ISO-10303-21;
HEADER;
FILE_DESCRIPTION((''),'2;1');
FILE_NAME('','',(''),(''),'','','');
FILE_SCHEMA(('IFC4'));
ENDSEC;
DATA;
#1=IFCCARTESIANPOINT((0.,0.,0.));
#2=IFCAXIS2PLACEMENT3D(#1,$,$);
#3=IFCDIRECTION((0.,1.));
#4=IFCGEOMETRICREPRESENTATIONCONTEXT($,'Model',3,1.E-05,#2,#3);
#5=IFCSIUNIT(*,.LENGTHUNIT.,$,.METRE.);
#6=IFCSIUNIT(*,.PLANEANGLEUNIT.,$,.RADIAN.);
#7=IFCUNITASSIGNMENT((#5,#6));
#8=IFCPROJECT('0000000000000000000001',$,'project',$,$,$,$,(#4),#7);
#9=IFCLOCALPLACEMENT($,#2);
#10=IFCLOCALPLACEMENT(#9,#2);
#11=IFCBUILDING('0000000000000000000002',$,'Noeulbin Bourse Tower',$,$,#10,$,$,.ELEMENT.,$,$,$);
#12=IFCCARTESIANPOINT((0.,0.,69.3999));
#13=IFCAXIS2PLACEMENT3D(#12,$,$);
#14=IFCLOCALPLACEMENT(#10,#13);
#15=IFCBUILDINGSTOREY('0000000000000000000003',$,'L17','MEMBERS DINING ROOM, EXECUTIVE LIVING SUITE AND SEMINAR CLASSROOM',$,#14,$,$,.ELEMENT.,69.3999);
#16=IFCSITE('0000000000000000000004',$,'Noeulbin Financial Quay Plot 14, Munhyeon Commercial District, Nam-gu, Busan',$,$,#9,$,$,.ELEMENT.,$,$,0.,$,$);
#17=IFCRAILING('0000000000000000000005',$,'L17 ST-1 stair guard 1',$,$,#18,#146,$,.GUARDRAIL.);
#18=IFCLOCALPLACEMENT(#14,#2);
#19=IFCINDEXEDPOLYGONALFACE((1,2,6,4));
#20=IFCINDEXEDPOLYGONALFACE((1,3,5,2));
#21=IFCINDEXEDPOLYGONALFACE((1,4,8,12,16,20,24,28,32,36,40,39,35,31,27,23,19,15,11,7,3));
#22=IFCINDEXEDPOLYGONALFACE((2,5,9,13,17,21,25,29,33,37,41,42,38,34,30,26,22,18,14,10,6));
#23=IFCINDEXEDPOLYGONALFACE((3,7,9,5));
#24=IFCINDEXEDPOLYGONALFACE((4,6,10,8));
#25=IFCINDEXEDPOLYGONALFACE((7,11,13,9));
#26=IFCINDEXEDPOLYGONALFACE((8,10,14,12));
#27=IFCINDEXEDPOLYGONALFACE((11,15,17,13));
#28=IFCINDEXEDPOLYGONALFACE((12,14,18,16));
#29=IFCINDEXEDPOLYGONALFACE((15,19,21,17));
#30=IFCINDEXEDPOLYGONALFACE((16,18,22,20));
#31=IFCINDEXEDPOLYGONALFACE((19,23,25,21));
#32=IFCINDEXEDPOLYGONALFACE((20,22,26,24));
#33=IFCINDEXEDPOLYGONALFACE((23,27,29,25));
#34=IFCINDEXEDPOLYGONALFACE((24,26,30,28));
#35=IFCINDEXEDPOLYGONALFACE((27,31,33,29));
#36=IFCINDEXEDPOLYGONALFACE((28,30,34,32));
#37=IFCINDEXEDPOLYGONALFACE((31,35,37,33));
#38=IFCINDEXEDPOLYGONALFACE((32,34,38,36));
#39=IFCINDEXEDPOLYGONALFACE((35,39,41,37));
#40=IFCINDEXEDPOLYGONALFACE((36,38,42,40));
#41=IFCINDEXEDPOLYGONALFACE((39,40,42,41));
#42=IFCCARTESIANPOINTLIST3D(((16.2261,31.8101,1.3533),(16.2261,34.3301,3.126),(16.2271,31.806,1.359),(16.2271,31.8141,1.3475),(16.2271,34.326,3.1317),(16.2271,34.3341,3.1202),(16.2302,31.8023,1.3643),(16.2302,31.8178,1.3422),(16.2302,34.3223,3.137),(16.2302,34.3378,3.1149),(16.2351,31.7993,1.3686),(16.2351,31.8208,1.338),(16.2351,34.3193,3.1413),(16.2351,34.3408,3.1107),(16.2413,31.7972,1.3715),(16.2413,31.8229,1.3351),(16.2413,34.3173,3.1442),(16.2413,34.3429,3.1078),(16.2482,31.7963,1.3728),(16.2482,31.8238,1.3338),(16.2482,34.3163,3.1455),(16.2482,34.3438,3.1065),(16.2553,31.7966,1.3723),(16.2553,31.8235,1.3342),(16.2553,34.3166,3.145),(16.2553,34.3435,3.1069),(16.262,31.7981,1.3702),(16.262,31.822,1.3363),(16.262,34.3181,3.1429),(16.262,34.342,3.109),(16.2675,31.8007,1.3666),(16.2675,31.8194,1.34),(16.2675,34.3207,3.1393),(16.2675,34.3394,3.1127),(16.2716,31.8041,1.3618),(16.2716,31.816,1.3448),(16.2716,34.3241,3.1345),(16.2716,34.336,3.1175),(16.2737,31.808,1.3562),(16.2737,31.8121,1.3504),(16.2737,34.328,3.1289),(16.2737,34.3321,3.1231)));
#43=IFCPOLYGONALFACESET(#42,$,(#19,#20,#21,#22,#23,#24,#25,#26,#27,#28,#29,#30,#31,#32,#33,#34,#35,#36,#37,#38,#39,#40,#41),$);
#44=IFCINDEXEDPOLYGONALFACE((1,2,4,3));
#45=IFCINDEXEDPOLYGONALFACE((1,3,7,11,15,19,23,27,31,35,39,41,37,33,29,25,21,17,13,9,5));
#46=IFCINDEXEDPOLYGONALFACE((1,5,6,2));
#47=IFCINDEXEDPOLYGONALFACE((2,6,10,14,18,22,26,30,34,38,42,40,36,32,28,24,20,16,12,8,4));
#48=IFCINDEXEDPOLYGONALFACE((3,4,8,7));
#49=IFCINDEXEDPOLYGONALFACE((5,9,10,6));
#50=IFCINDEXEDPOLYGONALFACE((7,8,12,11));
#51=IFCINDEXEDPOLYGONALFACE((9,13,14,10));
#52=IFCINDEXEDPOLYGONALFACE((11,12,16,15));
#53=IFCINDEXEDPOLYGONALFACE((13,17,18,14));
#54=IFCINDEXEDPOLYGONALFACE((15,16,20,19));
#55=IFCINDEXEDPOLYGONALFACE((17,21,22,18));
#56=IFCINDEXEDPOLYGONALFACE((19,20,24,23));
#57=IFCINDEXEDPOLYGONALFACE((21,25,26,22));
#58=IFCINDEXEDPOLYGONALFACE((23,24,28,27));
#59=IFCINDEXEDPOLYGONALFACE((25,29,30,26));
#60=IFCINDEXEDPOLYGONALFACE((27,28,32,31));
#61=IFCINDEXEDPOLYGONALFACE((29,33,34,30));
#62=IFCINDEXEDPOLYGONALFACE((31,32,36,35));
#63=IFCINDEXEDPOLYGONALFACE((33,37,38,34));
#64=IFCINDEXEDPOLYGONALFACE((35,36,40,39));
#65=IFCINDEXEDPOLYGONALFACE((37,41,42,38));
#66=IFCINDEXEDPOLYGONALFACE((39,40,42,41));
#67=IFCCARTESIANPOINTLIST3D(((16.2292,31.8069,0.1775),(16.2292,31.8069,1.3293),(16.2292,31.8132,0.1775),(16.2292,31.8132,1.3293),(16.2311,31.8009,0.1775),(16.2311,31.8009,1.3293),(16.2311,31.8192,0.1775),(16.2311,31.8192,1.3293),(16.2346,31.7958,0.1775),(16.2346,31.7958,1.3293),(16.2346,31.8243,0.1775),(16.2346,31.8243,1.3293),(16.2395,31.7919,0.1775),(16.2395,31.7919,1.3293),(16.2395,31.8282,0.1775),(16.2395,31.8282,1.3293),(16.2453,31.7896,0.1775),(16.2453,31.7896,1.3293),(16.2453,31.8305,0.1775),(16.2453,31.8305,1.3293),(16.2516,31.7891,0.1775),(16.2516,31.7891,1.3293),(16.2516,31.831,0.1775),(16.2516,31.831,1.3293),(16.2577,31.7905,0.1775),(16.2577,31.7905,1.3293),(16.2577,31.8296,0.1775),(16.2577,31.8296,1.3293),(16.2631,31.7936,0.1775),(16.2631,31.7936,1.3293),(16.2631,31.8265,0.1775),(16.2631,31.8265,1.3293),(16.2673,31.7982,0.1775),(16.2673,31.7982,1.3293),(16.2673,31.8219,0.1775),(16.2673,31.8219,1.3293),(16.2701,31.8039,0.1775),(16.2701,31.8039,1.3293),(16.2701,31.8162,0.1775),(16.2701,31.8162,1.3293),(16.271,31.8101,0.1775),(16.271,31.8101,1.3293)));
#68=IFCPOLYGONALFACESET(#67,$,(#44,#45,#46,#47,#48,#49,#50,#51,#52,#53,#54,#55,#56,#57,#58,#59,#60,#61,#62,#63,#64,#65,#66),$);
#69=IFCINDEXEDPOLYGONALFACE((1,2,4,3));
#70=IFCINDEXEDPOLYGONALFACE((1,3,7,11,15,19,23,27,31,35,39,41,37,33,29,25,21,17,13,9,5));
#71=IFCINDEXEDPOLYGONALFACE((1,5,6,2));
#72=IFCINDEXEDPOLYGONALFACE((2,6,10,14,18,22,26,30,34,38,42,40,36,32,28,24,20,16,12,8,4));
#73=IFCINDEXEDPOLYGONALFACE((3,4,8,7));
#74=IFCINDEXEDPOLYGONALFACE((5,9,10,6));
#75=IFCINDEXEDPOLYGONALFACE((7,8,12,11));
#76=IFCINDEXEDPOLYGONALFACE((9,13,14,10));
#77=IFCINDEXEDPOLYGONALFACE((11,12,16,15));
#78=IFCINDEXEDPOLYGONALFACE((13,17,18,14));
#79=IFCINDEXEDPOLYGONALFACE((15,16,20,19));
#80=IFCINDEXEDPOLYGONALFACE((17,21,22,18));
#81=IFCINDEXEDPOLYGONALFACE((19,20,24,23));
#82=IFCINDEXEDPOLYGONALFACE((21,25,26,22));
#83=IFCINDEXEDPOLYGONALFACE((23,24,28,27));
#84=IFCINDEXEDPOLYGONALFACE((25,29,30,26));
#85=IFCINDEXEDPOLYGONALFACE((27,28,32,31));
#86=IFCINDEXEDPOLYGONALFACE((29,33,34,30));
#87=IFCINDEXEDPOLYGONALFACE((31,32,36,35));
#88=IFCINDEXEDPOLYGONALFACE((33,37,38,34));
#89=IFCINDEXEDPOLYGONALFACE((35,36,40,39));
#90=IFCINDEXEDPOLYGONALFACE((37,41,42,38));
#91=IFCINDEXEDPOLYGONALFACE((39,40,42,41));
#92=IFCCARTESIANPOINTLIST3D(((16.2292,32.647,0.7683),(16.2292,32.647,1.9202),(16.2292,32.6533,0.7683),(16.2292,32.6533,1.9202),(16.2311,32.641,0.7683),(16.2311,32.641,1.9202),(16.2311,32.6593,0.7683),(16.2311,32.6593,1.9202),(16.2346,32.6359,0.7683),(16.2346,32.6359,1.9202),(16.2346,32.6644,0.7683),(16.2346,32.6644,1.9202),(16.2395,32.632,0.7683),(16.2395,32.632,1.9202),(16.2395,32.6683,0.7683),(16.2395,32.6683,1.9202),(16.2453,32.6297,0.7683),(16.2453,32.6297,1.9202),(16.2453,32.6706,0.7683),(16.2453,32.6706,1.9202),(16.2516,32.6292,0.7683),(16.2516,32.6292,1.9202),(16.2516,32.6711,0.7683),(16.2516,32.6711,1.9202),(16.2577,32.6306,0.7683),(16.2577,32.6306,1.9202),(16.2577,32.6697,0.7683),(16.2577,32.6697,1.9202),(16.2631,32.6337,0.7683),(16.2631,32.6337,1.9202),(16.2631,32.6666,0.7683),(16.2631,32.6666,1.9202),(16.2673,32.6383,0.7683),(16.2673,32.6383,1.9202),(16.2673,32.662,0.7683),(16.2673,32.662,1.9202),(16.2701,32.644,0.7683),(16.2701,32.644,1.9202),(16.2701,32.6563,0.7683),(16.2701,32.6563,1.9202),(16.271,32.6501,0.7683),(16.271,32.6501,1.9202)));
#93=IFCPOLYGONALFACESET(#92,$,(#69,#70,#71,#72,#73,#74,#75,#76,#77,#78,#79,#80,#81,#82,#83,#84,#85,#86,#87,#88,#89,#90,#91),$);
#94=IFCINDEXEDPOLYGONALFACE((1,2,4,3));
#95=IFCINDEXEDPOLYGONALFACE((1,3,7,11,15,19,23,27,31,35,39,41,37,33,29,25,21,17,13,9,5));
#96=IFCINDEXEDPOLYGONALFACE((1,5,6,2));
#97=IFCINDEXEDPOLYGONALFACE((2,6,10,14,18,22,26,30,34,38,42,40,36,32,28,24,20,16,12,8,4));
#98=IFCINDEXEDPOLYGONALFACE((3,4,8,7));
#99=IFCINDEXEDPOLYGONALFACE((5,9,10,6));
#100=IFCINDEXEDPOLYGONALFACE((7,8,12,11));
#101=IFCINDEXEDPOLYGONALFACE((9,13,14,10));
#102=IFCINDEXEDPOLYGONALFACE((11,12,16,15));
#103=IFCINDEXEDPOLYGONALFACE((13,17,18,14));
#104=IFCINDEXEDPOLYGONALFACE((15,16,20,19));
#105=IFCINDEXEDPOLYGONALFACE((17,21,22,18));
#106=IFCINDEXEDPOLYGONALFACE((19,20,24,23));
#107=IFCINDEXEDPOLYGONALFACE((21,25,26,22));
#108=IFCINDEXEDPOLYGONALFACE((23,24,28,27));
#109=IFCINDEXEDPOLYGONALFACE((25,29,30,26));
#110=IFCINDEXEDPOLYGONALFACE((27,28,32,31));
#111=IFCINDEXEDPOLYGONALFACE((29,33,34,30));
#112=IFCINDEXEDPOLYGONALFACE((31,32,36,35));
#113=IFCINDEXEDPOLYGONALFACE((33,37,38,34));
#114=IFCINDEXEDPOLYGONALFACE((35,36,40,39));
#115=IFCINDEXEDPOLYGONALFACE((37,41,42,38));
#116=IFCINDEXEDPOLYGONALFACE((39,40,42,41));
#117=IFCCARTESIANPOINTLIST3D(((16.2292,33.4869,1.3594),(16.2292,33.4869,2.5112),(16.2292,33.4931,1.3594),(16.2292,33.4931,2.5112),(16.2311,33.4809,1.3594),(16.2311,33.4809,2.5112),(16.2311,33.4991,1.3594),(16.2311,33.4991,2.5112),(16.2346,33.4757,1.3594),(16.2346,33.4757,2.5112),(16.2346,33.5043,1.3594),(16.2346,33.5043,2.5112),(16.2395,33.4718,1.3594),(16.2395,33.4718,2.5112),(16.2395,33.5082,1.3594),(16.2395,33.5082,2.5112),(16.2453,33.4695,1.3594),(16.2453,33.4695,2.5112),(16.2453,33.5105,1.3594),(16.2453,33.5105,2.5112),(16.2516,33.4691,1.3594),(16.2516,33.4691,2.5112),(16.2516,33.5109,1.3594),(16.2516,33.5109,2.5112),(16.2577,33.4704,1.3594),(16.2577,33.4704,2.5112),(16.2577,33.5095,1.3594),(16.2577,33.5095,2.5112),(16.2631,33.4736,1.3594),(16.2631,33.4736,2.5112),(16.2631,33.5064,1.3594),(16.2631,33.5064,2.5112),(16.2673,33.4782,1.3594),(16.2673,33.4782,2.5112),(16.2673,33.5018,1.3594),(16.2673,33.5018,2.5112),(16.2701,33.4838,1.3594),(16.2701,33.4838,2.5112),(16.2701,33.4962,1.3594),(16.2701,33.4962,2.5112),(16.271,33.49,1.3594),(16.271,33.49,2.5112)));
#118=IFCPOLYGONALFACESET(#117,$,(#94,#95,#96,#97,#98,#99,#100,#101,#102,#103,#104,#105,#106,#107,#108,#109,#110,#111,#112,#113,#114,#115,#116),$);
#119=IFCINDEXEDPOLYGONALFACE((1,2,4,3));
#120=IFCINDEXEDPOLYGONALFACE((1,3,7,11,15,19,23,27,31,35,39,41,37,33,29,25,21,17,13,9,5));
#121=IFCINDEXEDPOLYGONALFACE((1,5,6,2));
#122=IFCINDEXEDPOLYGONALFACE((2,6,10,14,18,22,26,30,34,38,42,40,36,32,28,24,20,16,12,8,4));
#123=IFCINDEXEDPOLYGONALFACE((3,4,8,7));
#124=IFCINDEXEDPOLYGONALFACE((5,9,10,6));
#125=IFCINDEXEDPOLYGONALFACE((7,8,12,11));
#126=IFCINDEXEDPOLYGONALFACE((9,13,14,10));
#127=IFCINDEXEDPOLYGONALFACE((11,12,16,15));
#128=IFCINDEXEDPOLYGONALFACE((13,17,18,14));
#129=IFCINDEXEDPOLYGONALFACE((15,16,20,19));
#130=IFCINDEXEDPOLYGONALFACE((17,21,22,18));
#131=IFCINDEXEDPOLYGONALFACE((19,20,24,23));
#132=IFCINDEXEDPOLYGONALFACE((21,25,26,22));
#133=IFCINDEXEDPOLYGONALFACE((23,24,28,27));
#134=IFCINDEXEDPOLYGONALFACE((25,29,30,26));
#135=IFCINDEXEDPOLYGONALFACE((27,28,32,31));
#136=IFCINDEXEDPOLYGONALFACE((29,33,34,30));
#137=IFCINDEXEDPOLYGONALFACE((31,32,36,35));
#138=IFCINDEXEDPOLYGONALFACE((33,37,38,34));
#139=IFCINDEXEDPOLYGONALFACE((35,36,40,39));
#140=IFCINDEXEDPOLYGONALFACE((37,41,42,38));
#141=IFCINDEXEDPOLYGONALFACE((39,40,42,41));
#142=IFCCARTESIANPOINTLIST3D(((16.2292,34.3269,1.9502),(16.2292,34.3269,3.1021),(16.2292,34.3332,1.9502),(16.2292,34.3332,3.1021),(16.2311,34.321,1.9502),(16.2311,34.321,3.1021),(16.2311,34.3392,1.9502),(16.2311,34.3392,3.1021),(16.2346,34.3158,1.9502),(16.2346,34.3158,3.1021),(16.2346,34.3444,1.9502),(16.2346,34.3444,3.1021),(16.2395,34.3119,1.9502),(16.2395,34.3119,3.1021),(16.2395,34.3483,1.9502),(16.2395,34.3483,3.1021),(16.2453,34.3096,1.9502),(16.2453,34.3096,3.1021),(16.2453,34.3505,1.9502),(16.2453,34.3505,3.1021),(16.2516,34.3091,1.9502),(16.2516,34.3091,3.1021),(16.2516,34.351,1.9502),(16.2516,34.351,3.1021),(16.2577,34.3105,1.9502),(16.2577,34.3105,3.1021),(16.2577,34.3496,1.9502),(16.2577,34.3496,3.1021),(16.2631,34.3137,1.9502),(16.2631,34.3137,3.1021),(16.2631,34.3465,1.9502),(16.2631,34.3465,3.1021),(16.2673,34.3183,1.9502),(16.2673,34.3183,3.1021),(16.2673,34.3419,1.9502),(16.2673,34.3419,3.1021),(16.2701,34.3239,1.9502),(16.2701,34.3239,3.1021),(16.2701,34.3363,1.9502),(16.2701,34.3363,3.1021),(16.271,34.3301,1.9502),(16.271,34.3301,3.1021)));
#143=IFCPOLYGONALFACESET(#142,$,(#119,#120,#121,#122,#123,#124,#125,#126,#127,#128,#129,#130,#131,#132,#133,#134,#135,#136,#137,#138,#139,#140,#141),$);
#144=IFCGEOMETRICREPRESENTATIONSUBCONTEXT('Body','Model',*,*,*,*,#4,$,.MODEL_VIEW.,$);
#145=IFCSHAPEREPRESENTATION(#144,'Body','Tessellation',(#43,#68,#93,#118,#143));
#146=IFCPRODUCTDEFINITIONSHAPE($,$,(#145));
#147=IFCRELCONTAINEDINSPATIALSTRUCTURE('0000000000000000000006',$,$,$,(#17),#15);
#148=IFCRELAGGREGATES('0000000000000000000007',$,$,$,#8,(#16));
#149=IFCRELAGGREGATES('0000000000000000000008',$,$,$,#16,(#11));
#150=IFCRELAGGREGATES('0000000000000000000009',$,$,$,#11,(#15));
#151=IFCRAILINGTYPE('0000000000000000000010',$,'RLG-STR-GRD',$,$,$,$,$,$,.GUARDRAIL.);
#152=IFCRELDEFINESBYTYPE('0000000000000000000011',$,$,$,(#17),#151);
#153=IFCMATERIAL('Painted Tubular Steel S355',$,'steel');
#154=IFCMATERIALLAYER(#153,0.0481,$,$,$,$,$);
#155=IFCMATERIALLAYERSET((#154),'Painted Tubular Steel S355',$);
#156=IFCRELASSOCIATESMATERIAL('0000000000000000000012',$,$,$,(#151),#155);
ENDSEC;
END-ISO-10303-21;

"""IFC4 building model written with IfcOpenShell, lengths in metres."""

from ifc_helpers import new_model, si_unit, direction, frame, origin, origin_2d, place, context, subcontext, project, spatial, circle, extrude, material, layer, layer_set, type_object, element, save


model = new_model("IFC4")

# Units and contexts
model_context = context("Model", 3, precision=1e-05, world=origin(), true_north=direction((0.0, 1.0)))
body_context = subcontext(model_context, "Body", "Model", "MODEL_VIEW")
ifc_project = project(units=[si_unit("LENGTHUNIT", "METRE"), si_unit("PLANEANGLEUNIT", "RADIAN")], contexts=[model_context])

# Site, building, storey
site_placement = place(None, origin())
site = spatial("IfcSite", under=ifc_project, at=site_placement, Name="Noeulbin Financial Quay Plot 14, Munhyeon Commercial District, Nam-gu, Busan", CompositionType="ELEMENT", RefElevation=0.0)
building_placement = place(site_placement, origin())
building = spatial("IfcBuilding", under=site, at=building_placement, Name="Noeulbin Bourse Tower", CompositionType="ELEMENT")
storey_placement = place(building_placement, frame((0.0, 0.0, 69.3999)))
storey = spatial("IfcBuildingStorey", under=building, at=storey_placement, Name="L17", Description="MEMBERS DINING ROOM, EXECUTIVE LIVING SUITE AND SEMINAR CLASSROOM", CompositionType="ELEMENT", Elevation=69.3999)

# Railing
ifc_material_1 = material(Name="Painted Tubular Steel S355", Category="steel")
ifc_layer_1 = layer(ifc_material_1, 0.0481)
ifc_layer_set_1 = layer_set([ifc_layer_1], Name="Painted Tubular Steel S355")
railing_type_1 = type_object("IfcRailingType", Name="RLG-STR-GRD", PredefinedType="GUARDRAIL", material=ifc_layer_set_1)
railing_1_placement = place(storey_placement, frame((16.25, 31.8101, 0.1775)))
element("IfcRailing", 1, at=railing_1_placement, inside=storey, type_object=railing_type_1, Name="L17 ST-1 stair guard 1", PredefinedType="GUARDRAIL", context=body_context, shape_type="SweptSolid", body=[
    extrude(circle(Radius=0.0239, at=origin_2d()), frame((0.0, 0.0, 1.1758), z_axis=(0.0, 0.817904, 0.575354), x_axis=(-1.0, 0.0, 0.0)), (0.0, 0.0, 1.0), 3.0811),
    extrude(circle(Radius=0.021, at=origin_2d()), origin(), (0.0, 0.0, 1.0), 1.1519),
    extrude(circle(Radius=0.021, at=origin_2d()), frame((0.0, 0.8401, 0.5908)), (0.0, 0.0, 1.0), 1.1519),
    extrude(circle(Radius=0.021, at=origin_2d()), frame((0.0, 1.6799, 1.1819)), (0.0, 0.0, 1.0), 1.1519),
    extrude(circle(Radius=0.021, at=origin_2d()), frame((0.0, 2.52, 1.7727)), (0.0, 0.0, 1.0), 1.1519),
])

save(model, "model.ifc")
